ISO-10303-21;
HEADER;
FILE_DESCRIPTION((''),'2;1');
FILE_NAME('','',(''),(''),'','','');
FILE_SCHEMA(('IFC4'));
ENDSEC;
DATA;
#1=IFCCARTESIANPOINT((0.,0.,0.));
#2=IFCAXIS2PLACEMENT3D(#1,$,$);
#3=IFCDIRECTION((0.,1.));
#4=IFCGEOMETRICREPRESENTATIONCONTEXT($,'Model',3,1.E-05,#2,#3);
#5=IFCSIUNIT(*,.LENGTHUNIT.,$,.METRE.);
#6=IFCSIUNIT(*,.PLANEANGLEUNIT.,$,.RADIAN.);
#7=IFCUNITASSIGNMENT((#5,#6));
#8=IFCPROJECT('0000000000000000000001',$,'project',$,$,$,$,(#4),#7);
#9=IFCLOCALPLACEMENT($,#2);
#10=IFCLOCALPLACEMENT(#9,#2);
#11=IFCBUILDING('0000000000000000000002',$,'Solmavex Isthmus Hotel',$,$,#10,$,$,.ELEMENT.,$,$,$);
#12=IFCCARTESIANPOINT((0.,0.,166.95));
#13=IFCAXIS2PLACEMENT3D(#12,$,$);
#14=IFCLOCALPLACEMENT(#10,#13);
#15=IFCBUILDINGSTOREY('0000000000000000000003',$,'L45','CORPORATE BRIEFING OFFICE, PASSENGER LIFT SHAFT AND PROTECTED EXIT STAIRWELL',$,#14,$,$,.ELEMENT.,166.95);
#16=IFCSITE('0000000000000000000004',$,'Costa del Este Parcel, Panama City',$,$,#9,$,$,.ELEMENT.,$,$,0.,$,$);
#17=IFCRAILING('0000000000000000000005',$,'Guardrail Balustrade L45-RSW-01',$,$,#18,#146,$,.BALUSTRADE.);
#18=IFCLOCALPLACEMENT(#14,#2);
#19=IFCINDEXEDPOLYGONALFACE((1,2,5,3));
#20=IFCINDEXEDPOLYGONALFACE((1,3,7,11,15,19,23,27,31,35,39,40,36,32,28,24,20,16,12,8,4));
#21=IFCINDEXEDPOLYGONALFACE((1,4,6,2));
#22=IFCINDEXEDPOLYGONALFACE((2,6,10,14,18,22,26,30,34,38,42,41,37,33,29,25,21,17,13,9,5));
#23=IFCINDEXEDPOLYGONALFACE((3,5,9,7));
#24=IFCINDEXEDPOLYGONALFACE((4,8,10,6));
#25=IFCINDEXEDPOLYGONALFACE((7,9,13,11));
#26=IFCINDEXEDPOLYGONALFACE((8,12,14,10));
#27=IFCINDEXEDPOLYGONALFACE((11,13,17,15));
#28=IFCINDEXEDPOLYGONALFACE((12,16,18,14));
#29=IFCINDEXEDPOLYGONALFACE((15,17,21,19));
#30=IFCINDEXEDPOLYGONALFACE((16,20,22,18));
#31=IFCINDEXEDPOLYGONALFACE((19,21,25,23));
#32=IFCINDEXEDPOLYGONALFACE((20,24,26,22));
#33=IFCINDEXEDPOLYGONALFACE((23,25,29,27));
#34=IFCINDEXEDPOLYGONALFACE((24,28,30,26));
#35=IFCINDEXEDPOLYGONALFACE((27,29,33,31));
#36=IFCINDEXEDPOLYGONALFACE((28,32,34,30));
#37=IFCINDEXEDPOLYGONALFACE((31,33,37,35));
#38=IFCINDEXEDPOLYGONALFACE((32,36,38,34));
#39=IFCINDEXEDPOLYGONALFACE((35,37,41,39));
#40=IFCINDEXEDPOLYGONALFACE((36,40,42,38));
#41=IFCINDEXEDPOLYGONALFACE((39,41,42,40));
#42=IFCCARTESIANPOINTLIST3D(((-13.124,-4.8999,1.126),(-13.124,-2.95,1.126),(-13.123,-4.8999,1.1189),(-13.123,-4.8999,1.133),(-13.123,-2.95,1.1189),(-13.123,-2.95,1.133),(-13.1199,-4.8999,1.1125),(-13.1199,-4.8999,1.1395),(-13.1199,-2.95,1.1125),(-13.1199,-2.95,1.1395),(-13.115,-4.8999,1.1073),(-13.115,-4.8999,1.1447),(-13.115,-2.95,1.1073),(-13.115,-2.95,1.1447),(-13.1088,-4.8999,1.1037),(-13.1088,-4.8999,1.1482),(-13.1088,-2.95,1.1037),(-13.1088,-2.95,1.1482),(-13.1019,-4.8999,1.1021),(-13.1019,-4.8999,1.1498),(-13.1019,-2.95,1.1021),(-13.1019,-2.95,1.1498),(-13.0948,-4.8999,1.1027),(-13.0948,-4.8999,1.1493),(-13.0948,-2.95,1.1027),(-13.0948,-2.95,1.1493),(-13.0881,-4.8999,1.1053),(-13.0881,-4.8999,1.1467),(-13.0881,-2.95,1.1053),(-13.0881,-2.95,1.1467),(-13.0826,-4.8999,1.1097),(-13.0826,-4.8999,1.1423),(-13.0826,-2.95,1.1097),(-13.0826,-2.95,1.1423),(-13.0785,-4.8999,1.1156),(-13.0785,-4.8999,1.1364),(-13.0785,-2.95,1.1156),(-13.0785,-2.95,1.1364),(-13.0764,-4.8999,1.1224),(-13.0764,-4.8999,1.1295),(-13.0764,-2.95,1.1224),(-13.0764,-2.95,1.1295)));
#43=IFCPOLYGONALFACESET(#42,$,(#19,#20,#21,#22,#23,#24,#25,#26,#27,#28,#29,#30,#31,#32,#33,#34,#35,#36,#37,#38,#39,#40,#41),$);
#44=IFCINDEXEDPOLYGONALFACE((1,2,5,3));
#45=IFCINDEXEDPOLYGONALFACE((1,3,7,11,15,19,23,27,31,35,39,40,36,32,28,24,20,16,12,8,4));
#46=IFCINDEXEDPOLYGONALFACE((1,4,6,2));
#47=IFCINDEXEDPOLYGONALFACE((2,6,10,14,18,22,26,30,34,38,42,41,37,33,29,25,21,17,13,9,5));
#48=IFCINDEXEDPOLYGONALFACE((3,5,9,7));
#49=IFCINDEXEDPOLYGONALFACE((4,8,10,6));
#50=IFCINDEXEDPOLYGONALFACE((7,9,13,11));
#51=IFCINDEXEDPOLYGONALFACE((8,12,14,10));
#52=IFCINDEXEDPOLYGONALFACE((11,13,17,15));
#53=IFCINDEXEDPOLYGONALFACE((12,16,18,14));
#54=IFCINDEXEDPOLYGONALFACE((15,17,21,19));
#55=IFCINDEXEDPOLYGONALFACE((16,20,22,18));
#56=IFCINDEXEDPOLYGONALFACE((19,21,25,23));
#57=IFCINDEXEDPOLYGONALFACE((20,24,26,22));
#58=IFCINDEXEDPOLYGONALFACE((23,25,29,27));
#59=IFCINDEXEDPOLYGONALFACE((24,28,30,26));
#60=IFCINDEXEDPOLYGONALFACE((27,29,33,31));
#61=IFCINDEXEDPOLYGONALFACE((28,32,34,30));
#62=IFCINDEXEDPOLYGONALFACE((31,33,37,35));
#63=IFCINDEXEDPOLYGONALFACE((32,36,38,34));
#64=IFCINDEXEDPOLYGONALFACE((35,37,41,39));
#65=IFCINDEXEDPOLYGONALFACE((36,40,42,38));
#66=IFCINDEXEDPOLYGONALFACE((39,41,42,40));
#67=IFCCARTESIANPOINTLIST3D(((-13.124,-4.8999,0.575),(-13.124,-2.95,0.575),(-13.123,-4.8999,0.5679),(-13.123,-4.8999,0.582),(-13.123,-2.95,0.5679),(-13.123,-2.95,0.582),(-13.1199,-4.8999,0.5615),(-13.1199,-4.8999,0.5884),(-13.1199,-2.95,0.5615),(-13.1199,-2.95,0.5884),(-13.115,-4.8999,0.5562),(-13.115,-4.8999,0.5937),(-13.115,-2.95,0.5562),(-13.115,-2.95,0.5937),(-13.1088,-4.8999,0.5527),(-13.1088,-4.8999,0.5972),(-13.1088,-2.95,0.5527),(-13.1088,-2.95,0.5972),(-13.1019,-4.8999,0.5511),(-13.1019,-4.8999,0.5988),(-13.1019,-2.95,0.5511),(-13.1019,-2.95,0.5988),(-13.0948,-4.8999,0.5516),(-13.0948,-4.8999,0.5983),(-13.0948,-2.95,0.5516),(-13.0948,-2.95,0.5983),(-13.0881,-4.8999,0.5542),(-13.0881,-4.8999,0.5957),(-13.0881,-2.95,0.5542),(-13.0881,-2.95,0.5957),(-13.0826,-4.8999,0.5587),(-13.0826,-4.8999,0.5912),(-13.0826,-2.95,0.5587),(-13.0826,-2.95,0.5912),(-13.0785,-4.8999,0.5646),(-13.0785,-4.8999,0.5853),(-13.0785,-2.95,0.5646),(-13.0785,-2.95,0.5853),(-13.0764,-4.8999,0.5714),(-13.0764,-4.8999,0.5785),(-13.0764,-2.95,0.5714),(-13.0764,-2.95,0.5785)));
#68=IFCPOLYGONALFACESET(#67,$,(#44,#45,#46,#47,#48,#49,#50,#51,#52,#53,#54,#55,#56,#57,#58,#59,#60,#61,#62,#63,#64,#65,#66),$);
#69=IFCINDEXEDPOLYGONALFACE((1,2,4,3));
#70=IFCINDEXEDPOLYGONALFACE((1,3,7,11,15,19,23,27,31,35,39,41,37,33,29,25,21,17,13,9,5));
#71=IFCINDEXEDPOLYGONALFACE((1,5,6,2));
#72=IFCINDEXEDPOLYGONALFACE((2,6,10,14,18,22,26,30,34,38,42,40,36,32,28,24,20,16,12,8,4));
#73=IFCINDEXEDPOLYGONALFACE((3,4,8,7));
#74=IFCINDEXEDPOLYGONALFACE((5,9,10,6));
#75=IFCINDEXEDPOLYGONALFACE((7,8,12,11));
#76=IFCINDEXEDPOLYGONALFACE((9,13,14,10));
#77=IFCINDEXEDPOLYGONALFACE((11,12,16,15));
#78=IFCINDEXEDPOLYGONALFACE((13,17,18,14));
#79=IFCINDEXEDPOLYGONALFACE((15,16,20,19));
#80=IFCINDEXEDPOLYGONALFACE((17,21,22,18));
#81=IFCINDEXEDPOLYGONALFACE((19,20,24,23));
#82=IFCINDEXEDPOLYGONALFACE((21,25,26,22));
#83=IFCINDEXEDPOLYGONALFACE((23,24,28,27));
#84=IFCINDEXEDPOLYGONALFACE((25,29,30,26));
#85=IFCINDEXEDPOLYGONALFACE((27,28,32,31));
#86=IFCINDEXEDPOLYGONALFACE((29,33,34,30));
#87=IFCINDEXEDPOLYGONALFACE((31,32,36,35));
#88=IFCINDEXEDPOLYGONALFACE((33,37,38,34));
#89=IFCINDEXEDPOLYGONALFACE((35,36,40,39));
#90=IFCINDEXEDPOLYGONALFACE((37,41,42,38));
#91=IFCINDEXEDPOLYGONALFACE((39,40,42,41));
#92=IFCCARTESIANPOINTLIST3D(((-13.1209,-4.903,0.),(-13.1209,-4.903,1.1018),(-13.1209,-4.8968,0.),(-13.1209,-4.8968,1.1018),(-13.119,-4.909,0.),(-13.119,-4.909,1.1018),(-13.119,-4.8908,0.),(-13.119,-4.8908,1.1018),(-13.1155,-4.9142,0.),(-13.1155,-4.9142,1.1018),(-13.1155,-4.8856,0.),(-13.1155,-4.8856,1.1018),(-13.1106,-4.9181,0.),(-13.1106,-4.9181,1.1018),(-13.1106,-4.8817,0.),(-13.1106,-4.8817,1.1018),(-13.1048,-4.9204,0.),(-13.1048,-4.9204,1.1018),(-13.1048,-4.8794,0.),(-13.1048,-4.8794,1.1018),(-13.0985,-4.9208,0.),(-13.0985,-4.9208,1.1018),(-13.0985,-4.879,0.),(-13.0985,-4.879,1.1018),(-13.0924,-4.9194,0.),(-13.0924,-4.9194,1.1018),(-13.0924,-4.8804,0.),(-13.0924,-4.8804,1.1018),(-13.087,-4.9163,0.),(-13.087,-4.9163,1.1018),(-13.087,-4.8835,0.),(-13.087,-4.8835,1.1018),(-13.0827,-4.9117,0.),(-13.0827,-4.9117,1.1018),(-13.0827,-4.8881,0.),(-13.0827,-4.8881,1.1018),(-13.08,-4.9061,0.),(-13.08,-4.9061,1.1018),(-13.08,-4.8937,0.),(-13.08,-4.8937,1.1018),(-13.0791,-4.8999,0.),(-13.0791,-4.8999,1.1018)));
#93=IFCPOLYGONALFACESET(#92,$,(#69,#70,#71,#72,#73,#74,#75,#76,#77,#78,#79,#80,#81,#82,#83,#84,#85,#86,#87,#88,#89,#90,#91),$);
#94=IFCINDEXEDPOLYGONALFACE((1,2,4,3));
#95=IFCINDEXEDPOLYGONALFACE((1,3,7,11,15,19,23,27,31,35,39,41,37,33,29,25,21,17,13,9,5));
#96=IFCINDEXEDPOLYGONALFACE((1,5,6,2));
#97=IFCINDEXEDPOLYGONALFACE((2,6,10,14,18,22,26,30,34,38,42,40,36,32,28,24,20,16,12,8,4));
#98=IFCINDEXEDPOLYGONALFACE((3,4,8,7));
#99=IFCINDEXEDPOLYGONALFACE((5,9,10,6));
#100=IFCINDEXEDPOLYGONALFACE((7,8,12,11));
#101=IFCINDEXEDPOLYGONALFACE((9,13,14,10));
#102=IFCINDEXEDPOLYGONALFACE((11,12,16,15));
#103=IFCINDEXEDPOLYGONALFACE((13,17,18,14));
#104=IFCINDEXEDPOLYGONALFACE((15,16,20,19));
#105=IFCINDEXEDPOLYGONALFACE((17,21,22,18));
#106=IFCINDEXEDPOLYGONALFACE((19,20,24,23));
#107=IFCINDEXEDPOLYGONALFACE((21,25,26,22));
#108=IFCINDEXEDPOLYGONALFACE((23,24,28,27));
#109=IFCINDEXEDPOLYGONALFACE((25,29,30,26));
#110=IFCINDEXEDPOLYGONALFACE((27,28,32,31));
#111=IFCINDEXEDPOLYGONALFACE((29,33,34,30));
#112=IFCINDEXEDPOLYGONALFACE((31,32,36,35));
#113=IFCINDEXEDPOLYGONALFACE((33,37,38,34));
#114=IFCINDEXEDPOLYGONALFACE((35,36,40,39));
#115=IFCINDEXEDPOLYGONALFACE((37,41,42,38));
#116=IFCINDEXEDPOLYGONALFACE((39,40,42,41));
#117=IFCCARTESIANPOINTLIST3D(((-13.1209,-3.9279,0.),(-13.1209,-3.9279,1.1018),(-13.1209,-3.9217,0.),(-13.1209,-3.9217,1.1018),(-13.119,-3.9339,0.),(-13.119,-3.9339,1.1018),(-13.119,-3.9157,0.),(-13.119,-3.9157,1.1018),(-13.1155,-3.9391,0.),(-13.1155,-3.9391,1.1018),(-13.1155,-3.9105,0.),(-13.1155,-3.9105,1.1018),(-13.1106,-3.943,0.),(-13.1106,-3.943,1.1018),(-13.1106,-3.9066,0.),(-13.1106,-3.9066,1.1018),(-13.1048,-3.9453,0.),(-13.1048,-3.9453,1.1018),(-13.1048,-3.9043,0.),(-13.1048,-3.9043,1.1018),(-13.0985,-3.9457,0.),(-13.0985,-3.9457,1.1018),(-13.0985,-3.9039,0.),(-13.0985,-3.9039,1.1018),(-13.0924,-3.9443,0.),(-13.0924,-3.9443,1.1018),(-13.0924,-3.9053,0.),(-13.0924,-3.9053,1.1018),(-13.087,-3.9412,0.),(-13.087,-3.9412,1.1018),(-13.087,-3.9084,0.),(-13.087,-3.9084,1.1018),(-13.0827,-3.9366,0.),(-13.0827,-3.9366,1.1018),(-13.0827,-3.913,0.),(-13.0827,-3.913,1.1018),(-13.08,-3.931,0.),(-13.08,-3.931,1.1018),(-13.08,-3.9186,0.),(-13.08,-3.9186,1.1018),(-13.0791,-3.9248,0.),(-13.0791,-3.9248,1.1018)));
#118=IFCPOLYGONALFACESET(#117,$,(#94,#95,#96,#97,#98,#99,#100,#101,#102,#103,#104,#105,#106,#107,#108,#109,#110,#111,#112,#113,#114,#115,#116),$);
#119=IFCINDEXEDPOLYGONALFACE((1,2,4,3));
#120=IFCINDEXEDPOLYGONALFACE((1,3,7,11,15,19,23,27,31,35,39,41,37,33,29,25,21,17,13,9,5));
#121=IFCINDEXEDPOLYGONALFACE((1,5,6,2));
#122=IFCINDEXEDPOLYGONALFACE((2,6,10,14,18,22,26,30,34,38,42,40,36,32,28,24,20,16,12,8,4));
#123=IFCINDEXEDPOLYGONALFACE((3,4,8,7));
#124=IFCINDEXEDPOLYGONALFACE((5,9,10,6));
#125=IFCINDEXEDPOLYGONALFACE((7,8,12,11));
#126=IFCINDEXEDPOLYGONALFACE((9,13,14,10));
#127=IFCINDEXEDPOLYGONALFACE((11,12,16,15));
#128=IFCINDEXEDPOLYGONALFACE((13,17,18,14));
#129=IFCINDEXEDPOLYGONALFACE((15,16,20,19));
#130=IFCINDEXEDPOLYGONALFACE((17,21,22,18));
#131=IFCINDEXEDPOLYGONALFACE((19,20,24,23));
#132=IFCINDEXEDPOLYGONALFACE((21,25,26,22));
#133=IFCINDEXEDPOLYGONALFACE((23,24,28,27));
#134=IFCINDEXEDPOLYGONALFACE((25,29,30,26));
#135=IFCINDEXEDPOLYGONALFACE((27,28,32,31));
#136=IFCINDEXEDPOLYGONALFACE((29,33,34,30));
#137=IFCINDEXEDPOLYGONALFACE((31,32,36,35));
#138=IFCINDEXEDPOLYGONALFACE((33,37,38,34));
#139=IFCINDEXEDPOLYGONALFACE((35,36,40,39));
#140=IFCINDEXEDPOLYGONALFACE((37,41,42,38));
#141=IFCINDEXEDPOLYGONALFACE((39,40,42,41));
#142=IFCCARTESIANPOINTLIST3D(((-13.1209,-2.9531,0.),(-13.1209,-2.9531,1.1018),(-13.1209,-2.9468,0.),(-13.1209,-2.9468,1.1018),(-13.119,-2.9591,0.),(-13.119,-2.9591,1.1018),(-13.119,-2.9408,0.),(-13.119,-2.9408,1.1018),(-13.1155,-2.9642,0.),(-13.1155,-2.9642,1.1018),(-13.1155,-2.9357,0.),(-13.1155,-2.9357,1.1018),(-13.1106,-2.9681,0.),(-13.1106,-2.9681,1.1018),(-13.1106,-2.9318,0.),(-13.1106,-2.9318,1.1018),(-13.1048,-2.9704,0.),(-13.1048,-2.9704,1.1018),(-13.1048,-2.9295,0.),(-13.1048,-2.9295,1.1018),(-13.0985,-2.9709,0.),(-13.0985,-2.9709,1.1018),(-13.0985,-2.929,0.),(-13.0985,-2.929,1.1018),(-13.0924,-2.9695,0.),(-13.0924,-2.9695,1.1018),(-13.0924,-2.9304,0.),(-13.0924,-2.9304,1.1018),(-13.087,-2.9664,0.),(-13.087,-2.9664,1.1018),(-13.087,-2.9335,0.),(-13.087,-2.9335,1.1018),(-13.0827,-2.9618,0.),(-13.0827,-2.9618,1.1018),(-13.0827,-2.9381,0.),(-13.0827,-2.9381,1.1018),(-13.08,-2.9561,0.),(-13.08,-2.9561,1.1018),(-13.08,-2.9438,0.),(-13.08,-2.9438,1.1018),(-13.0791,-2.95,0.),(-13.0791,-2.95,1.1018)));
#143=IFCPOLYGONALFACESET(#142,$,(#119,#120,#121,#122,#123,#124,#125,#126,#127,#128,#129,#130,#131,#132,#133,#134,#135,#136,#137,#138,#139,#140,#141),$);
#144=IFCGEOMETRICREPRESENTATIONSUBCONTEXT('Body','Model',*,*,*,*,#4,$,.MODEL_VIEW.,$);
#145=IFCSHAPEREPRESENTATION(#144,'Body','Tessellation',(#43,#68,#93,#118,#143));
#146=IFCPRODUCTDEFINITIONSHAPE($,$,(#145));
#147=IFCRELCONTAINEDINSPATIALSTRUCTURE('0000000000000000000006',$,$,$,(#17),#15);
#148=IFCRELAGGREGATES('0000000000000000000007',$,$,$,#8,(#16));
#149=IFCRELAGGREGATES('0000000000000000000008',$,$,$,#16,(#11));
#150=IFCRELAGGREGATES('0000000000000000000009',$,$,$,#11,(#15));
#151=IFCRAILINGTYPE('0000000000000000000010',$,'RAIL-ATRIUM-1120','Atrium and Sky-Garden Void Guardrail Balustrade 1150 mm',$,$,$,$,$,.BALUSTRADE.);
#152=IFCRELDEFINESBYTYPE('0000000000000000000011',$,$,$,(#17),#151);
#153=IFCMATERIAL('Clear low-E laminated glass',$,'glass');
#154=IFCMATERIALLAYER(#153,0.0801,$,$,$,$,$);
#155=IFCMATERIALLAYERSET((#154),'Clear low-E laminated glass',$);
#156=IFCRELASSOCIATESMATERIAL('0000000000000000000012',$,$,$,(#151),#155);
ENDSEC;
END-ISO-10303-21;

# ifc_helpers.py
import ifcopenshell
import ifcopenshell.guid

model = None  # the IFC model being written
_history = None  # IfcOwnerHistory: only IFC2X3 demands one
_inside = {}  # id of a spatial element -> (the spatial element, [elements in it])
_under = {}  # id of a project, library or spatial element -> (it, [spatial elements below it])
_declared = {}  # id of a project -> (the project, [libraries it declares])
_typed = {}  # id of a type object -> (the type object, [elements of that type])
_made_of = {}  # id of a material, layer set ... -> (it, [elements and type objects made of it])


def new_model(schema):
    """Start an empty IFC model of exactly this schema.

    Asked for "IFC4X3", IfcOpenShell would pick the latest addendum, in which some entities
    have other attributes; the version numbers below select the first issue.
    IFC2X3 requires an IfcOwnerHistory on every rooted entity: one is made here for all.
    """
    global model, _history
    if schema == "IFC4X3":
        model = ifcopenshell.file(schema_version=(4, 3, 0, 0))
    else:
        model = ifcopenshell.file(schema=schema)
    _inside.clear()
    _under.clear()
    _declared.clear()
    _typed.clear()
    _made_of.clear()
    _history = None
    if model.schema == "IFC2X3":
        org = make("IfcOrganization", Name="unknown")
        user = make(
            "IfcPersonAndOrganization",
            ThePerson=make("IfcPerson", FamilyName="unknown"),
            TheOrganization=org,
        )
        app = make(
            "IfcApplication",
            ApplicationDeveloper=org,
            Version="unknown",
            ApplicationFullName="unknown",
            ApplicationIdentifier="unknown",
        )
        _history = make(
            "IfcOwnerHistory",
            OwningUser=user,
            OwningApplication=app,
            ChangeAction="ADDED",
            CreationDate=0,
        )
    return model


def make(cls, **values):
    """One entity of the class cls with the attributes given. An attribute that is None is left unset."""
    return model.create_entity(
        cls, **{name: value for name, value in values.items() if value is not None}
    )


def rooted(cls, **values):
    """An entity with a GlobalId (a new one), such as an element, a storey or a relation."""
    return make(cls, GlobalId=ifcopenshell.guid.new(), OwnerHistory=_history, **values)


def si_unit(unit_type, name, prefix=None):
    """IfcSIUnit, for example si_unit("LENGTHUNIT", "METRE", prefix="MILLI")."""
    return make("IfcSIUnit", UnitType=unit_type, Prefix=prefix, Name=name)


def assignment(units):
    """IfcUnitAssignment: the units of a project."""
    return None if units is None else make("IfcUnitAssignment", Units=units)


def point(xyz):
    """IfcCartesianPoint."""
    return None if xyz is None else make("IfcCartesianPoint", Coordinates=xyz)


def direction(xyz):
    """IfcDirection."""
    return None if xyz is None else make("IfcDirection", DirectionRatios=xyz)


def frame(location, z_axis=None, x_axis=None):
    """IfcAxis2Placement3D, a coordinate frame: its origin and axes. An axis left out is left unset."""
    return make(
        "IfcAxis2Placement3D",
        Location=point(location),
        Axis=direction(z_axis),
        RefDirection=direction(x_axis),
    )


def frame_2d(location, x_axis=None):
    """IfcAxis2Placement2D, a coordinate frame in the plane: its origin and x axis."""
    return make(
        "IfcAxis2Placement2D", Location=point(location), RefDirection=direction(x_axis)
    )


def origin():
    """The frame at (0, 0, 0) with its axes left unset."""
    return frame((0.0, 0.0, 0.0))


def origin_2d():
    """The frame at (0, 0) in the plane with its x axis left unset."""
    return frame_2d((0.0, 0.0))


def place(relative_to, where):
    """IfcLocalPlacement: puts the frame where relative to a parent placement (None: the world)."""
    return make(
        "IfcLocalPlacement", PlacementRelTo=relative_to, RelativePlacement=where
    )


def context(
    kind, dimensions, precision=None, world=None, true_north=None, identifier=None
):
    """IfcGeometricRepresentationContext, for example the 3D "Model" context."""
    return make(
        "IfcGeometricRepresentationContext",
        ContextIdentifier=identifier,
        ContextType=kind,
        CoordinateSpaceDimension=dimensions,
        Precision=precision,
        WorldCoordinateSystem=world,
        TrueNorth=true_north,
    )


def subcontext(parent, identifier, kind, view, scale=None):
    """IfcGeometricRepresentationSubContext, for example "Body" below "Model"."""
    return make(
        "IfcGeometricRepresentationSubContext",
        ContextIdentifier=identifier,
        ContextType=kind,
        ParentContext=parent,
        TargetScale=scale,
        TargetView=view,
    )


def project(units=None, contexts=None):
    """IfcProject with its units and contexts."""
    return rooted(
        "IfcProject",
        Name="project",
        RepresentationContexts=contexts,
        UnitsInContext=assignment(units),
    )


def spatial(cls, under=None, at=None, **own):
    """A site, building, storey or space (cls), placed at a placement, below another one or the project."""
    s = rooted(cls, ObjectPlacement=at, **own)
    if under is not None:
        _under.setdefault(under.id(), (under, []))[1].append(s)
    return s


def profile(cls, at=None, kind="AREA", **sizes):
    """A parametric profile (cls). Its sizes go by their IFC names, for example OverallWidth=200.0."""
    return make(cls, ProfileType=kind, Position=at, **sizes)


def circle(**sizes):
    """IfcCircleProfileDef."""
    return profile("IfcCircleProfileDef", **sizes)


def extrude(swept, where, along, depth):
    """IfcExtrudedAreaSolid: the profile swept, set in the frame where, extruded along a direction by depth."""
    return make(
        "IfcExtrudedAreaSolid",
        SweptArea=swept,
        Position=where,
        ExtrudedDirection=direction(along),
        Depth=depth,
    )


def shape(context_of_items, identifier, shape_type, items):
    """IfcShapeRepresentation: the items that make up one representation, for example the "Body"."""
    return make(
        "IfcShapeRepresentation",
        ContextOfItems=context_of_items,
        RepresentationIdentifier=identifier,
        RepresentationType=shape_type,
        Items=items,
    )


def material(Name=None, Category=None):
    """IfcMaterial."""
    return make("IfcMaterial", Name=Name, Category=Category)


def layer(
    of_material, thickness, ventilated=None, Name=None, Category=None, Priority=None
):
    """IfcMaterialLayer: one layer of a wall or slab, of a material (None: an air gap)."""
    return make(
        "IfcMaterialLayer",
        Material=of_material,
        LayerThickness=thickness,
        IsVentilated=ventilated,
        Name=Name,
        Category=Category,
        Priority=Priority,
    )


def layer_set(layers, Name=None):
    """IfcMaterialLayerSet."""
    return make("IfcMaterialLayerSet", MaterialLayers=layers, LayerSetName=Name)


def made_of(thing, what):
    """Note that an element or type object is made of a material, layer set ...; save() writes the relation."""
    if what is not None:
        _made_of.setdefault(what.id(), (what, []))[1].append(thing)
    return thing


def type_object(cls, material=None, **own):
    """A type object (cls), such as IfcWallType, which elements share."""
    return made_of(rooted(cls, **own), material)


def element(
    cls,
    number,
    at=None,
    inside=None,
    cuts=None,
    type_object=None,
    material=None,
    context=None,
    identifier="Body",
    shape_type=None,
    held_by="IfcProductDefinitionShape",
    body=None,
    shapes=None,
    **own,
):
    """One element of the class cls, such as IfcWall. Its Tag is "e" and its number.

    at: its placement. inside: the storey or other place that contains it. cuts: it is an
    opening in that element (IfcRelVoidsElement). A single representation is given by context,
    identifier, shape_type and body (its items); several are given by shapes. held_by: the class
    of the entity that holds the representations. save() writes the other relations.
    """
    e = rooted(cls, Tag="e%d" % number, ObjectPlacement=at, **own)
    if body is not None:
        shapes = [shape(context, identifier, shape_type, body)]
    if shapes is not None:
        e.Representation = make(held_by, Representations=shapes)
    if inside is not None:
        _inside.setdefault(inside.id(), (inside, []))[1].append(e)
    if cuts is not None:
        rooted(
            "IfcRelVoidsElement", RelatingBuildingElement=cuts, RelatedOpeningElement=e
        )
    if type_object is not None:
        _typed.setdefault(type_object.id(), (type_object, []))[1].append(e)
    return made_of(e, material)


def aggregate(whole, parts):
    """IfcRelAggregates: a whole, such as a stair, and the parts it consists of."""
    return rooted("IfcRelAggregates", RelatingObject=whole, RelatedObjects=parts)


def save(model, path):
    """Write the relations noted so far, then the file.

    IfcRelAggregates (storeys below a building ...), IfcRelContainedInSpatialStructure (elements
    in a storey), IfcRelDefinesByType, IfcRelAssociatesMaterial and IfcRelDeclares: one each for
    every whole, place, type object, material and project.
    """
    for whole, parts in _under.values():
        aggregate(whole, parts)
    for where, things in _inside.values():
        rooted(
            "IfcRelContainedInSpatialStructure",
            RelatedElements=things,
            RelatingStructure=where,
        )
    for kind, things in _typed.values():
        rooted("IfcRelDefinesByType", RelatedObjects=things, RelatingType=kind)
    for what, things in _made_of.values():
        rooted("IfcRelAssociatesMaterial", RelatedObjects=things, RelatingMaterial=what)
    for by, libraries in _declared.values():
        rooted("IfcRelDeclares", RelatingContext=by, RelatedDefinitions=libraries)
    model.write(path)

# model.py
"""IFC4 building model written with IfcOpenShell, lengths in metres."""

from ifc_helpers import new_model, si_unit, direction, frame, origin, origin_2d, place, context, subcontext, project, spatial, circle, extrude, material, layer, layer_set, type_object, element, save


model = new_model("IFC4")

# Units and contexts
model_context = context("Model", 3, precision=1e-05, world=origin(), true_north=direction((0.0, 1.0)))
body_context = subcontext(model_context, "Body", "Model", "MODEL_VIEW")
ifc_project = project(units=[si_unit("LENGTHUNIT", "METRE"), si_unit("PLANEANGLEUNIT", "RADIAN")], contexts=[model_context])

# Site, building, storey
site_placement = place(None, origin())
site = spatial("IfcSite", under=ifc_project, at=site_placement, Name="Costa del Este Parcel, Panama City", CompositionType="ELEMENT", RefElevation=0.0)
building_placement = place(site_placement, origin())
building = spatial("IfcBuilding", under=site, at=building_placement, Name="Solmavex Isthmus Hotel", CompositionType="ELEMENT")
storey_placement = place(building_placement, frame((0.0, 0.0, 166.95)))
storey = spatial("IfcBuildingStorey", under=building, at=storey_placement, Name="L45", Description="CORPORATE BRIEFING OFFICE, PASSENGER LIFT SHAFT AND PROTECTED EXIT STAIRWELL", CompositionType="ELEMENT", Elevation=166.95)

# Shared definitions
ifc_material_1 = material(Name="Clear low-E laminated glass", Category="glass")

# Railing
ifc_layer_1 = layer(ifc_material_1, 0.0801)
ifc_layer_set_1 = layer_set([ifc_layer_1], Name="Clear low-E laminated glass")
railing_type_1 = type_object("IfcRailingType", Name="RAIL-ATRIUM-1120", Description="Atrium and Sky-Garden Void Guardrail Balustrade 1150 mm", PredefinedType="BALUSTRADE", material=ifc_layer_set_1)
railing_1_placement = place(storey_placement, frame((-13.1001, -4.8999, 0.0)))
element("IfcRailing", 1, at=railing_1_placement, inside=storey, type_object=railing_type_1, Name="Guardrail Balustrade L45-RSW-01", PredefinedType="BALUSTRADE", context=body_context, shape_type="SweptSolid", body=[
    extrude(circle(Radius=0.0239, at=origin_2d()), frame((0.0, 0.0, 1.126), z_axis=(0.0, 1.0, 0.0), x_axis=(-1.0, 0.0, 0.0)), (0.0, 0.0, 1.0), 1.95),
    extrude(circle(Radius=0.0239, at=origin_2d()), frame((0.0, 0.0, 0.575), z_axis=(0.0, 1.0, 0.0), x_axis=(-1.0, 0.0, 0.0)), (0.0, 0.0, 1.0), 1.95),
    extrude(circle(Radius=0.021, at=origin_2d()), origin(), (0.0, 0.0, 1.0), 1.1018),
    extrude(circle(Radius=0.021, at=origin_2d()), frame((0.0, 0.9751, 0.0)), (0.0, 0.0, 1.0), 1.1018),
    extrude(circle(Radius=0.021, at=origin_2d()), frame((0.0, 1.95, 0.0)), (0.0, 0.0, 1.0), 1.1018),
])

save(model, "model.ifc")
